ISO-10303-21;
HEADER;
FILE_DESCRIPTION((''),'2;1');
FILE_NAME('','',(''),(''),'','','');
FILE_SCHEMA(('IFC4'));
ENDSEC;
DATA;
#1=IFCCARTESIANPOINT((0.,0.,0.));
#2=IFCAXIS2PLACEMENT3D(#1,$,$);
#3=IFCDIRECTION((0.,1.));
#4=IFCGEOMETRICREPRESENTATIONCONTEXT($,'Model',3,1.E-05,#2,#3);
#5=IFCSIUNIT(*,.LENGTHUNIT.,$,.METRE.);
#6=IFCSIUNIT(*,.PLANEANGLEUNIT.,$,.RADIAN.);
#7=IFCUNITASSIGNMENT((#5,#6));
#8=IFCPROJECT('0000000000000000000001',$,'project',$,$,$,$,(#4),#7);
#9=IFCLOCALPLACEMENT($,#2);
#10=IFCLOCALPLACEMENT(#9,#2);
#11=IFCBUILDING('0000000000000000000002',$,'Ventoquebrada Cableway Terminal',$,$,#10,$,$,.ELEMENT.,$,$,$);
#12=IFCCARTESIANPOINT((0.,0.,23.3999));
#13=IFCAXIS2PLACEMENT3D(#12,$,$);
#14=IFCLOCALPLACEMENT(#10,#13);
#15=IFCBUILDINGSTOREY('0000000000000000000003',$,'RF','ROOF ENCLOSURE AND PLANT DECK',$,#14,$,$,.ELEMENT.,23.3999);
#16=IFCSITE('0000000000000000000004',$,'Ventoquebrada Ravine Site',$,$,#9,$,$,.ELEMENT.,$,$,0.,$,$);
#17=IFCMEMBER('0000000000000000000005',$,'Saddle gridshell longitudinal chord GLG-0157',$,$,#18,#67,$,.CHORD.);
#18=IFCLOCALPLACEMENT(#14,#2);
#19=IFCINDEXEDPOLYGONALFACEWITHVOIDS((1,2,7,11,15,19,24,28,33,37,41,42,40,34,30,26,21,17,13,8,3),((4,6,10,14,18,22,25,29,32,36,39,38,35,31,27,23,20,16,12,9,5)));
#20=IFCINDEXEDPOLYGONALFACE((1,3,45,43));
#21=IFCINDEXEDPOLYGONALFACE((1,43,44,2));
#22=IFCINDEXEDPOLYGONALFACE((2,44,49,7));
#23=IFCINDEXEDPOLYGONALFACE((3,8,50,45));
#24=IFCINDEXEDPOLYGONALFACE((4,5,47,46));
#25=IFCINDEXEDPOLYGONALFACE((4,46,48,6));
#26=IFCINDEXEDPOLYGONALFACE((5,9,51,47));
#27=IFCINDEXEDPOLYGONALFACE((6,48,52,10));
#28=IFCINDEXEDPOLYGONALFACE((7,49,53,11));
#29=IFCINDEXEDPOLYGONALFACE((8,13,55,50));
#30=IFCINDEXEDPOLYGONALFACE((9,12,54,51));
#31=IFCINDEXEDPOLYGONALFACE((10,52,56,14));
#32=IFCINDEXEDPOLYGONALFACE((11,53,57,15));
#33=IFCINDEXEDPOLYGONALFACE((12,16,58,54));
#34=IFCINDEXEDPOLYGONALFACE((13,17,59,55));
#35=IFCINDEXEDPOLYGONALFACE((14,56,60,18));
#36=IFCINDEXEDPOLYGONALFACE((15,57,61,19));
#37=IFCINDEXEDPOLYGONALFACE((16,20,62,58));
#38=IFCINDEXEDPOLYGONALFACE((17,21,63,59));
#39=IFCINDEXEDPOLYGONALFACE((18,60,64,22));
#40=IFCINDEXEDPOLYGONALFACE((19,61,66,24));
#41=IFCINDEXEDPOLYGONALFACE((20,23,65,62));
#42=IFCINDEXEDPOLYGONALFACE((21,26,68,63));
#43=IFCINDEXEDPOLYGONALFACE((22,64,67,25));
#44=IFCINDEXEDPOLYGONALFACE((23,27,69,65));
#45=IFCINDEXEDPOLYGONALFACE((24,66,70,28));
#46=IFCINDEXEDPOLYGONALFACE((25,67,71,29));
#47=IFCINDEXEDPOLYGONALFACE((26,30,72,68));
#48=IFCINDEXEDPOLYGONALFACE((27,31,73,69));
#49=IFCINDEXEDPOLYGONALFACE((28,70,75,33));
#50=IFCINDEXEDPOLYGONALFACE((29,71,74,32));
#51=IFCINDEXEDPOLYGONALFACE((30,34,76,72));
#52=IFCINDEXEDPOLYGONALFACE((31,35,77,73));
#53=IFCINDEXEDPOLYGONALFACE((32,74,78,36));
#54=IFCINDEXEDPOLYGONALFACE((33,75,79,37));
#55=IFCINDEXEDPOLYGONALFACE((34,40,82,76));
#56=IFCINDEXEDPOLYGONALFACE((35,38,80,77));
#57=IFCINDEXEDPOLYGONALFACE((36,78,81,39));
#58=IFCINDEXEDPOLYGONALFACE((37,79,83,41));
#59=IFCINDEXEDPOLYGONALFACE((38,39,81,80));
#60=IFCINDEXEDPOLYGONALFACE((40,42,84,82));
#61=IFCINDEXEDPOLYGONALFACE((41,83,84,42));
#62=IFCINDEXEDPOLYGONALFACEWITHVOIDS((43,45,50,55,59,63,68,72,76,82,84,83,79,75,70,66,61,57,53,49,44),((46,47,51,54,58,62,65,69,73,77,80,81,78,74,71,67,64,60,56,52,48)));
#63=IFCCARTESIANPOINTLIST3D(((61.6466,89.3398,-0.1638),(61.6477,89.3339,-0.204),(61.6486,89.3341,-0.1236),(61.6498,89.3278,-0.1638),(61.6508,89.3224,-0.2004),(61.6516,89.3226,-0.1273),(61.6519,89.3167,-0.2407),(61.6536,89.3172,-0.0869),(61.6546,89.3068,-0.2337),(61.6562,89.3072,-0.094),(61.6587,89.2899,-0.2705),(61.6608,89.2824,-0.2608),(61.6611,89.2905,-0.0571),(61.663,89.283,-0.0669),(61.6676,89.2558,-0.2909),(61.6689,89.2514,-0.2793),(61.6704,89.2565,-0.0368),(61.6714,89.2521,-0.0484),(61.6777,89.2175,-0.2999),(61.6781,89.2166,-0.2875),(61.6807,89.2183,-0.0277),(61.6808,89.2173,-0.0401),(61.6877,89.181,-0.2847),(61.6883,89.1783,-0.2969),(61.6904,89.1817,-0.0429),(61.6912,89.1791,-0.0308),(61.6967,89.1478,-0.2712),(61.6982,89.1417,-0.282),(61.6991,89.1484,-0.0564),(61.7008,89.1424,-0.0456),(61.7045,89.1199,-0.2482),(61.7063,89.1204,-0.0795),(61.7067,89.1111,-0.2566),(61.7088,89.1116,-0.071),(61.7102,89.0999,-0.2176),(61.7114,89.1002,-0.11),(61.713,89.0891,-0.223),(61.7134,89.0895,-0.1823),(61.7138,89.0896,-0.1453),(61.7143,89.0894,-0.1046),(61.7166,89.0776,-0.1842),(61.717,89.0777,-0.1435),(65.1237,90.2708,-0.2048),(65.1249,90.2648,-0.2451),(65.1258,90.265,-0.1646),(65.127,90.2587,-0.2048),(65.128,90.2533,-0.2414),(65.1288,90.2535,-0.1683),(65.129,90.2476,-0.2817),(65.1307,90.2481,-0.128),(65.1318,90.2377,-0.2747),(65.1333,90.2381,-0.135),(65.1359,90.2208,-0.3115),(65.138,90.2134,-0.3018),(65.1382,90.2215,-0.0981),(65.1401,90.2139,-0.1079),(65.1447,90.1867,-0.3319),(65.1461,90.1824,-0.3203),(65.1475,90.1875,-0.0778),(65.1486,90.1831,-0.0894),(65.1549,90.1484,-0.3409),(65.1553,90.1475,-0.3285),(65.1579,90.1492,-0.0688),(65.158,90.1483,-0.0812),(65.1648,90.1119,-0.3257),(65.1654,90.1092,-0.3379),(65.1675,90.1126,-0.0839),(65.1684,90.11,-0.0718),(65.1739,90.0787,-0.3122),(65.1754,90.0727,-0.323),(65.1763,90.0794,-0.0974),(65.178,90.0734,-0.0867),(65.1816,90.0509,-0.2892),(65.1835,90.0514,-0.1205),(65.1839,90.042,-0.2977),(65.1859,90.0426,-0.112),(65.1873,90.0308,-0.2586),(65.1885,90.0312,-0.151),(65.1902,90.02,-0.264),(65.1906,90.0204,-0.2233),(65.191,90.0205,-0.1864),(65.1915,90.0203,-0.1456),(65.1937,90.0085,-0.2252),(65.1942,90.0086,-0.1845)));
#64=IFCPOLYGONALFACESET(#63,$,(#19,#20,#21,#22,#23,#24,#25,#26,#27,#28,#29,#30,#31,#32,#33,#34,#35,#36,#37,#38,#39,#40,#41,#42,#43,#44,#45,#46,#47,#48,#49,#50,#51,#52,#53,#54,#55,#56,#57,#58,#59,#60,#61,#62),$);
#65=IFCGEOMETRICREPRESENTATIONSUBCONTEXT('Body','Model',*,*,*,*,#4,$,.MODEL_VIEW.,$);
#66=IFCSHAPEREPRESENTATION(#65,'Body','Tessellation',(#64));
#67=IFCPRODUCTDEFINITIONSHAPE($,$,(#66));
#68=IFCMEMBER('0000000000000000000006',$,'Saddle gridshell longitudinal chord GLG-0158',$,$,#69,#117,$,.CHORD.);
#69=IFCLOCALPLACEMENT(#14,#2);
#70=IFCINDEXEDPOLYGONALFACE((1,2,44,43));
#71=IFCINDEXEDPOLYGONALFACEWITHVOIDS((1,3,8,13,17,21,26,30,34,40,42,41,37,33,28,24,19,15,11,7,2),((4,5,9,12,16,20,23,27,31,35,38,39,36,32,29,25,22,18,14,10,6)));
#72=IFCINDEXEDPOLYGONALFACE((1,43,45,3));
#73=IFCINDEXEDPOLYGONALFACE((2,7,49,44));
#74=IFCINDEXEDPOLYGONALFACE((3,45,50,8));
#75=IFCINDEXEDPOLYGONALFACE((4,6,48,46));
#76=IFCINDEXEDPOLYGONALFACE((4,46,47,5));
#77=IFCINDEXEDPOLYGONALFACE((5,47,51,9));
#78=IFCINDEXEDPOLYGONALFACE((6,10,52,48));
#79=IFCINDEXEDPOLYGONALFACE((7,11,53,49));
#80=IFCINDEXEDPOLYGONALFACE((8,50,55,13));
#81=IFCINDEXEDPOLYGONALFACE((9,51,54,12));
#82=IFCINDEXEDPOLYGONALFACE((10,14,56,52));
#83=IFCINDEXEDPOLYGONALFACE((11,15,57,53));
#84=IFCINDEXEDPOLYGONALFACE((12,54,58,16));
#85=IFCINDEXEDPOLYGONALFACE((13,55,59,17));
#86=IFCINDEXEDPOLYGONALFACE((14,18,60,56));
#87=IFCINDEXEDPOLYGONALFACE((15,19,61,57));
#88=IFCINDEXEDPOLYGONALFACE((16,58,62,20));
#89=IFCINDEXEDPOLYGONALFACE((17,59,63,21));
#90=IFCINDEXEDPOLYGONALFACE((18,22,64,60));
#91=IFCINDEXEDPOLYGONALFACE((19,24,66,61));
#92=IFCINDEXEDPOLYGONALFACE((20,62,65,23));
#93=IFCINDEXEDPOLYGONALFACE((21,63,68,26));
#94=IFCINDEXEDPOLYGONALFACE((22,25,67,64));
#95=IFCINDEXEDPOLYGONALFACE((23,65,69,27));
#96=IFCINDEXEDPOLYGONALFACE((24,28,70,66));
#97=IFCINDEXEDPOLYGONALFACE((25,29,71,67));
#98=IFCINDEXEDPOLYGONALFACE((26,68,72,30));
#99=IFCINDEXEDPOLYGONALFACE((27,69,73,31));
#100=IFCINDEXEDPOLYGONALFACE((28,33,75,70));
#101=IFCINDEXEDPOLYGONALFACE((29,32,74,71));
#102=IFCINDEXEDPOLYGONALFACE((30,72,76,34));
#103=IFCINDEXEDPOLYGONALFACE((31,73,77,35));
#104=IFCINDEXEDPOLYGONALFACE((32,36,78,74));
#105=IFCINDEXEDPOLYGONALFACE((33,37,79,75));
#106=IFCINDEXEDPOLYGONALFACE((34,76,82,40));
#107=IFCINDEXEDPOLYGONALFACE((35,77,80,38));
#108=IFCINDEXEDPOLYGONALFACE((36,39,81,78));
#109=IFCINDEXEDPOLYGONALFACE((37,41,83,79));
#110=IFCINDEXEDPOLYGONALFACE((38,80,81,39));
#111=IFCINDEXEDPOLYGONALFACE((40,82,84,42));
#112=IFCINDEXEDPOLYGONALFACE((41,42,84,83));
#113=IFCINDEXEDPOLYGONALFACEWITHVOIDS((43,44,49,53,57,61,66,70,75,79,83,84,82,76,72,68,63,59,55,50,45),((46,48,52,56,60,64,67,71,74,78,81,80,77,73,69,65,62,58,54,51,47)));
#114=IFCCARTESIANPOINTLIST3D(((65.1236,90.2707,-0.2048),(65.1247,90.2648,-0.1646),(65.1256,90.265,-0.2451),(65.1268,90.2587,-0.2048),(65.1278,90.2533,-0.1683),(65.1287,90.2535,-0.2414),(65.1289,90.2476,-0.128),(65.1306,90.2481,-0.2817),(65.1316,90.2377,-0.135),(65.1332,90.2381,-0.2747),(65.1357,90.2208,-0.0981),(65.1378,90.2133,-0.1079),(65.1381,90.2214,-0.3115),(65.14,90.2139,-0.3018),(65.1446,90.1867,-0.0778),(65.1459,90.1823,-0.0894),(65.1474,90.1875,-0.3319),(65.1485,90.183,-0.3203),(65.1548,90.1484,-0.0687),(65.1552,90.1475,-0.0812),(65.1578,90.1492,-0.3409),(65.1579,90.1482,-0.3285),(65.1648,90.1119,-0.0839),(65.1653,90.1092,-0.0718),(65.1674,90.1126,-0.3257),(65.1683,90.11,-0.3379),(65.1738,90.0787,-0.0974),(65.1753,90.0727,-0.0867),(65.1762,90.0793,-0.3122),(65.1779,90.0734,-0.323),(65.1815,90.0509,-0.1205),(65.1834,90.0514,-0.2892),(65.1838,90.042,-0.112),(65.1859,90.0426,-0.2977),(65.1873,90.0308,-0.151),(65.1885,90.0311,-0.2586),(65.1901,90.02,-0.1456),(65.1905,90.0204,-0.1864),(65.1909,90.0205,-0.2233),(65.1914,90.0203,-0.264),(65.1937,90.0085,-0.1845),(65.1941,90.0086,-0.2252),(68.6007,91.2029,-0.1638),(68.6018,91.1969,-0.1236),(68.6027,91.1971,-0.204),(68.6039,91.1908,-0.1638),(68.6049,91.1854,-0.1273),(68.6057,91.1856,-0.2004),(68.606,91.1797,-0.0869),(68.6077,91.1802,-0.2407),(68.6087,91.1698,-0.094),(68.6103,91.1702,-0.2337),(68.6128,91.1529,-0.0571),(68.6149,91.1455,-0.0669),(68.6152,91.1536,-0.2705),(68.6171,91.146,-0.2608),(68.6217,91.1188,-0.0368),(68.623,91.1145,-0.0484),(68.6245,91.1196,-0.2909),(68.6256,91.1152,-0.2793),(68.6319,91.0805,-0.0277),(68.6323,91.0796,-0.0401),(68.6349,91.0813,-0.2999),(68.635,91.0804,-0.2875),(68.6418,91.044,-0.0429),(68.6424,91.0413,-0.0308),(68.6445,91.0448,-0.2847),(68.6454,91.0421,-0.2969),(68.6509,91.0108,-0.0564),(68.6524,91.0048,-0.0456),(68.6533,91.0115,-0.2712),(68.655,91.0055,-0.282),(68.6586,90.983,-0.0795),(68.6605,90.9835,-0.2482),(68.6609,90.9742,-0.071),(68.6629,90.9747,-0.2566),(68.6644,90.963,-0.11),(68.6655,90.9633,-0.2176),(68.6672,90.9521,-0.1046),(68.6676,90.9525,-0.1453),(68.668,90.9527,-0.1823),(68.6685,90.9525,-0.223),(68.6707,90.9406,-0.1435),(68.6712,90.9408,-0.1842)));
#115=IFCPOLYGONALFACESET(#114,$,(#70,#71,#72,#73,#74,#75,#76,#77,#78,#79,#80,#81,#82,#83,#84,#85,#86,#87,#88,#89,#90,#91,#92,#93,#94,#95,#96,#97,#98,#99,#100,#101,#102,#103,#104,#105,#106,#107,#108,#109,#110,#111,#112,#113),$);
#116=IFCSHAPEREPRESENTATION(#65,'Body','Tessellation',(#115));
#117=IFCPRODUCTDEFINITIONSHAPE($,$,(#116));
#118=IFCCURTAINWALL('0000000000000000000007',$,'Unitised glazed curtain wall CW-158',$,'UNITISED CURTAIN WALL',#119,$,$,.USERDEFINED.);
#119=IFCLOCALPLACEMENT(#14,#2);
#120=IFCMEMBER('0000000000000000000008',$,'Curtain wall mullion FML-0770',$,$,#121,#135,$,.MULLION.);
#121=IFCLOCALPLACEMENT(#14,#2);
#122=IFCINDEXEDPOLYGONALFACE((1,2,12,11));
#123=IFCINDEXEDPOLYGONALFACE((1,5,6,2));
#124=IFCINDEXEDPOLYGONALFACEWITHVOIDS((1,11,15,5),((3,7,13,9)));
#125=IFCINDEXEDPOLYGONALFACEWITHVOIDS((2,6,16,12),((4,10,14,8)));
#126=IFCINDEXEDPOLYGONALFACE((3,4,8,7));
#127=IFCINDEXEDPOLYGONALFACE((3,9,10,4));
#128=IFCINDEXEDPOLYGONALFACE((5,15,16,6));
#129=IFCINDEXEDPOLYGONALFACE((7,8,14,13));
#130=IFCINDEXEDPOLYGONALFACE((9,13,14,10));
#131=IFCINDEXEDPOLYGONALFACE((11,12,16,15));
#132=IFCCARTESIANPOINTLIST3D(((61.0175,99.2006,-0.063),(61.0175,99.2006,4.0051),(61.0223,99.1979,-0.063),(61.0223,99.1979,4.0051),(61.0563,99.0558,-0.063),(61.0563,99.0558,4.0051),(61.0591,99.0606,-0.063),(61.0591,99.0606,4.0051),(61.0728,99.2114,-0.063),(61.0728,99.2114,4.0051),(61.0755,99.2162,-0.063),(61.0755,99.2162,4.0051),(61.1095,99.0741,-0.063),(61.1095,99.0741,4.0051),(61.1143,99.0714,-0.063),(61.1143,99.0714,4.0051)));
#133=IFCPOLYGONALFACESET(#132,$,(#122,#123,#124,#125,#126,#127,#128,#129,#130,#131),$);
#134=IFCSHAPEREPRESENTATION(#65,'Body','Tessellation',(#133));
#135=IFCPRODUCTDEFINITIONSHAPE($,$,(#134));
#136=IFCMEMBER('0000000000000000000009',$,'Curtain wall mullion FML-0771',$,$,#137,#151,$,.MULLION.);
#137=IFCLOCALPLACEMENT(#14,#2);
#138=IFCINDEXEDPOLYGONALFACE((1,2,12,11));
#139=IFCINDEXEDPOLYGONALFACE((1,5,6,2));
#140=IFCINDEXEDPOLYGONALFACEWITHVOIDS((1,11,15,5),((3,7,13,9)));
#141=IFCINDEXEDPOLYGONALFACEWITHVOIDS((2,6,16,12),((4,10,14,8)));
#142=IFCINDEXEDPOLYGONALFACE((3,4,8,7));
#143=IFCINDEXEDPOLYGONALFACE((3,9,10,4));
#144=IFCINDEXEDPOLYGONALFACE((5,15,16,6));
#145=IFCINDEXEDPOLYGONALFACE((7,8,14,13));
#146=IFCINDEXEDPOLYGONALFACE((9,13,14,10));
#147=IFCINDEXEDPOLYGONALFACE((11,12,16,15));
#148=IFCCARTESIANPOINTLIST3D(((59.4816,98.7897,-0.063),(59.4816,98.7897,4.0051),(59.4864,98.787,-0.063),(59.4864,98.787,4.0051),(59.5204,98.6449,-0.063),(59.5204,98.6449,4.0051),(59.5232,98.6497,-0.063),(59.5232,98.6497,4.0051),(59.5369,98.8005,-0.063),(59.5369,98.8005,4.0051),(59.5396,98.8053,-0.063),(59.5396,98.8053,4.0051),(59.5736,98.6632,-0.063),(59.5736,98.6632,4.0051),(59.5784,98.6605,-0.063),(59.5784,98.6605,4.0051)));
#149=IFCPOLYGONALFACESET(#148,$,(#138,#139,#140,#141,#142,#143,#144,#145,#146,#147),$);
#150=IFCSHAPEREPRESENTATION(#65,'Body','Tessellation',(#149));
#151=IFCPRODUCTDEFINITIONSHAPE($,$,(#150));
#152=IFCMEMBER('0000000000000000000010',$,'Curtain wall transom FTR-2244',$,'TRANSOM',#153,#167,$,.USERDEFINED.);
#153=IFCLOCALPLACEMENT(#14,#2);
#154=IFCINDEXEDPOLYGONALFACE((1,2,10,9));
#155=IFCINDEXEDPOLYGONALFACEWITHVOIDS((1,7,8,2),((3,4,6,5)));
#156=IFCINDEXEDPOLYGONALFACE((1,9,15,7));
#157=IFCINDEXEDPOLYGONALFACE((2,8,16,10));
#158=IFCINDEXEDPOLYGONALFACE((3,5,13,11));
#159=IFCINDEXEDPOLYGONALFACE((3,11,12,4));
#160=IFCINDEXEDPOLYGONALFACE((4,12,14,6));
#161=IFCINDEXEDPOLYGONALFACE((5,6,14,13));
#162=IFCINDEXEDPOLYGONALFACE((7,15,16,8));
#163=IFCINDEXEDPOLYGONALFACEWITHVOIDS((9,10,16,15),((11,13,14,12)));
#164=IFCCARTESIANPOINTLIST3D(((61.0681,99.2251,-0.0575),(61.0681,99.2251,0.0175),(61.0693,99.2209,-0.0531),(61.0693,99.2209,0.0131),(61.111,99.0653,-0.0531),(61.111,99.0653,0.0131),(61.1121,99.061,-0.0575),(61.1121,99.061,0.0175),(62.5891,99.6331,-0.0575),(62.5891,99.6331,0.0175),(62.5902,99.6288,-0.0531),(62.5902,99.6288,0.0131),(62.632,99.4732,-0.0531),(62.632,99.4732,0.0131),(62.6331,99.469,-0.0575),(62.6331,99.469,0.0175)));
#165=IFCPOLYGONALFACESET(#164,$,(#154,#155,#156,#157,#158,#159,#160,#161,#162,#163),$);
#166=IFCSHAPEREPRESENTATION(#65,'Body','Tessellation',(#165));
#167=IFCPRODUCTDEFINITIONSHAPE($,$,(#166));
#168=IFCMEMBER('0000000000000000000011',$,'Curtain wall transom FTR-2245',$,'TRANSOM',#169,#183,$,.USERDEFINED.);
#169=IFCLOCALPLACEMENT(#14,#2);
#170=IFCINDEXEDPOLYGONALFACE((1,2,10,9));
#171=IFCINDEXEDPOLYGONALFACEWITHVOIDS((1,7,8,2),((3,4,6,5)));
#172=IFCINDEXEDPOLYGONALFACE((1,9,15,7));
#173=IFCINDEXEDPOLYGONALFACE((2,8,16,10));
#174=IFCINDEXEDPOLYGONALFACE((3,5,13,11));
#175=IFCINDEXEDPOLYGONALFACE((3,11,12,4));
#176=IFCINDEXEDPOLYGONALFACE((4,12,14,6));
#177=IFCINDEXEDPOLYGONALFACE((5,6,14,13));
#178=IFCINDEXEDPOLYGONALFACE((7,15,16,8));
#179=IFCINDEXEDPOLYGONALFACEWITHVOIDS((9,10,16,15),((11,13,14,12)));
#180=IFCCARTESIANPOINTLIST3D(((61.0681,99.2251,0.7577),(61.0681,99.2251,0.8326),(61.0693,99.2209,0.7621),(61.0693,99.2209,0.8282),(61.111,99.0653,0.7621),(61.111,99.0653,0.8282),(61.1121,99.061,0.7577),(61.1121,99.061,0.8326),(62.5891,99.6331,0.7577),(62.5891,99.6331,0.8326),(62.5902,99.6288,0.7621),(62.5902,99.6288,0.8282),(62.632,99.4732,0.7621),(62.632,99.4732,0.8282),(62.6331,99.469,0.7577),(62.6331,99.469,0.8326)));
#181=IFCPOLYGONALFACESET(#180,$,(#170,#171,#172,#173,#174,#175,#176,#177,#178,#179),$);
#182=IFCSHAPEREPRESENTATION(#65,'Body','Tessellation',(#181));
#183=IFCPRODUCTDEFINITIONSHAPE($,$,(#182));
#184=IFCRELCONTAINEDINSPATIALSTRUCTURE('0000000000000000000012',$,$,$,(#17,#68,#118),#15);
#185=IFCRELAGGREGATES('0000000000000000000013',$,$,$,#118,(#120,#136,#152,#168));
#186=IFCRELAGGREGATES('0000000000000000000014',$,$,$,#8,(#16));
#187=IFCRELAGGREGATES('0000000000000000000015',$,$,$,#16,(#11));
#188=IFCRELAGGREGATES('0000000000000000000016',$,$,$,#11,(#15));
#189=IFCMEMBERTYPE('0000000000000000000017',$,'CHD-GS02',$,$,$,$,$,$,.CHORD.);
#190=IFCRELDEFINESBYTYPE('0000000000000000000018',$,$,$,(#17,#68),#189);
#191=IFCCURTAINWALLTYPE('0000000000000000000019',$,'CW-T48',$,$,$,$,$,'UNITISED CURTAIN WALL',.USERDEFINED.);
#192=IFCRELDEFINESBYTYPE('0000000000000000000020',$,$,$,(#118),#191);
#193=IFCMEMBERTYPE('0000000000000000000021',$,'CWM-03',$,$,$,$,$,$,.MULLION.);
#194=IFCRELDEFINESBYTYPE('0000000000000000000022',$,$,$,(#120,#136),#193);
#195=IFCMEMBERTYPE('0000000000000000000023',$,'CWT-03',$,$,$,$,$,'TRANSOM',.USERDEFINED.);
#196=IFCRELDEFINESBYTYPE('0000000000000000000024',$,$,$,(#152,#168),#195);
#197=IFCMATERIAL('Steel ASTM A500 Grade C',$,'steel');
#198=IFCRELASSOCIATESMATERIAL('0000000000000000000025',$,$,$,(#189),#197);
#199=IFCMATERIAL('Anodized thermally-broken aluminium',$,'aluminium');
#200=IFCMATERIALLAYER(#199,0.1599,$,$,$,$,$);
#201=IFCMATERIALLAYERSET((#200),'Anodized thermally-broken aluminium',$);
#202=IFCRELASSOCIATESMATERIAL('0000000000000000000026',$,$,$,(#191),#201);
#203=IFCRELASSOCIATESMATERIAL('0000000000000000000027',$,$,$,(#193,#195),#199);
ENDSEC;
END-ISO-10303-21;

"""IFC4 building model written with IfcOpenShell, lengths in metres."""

from ifc_helpers import new_model, si_unit, direction, frame, origin, origin_2d, place, context, subcontext, project, spatial, hollow_rectangle, hollow_circle, extrude, material, layer, layer_set, material_profile, profile_set, type_object, element, aggregate, save


model = new_model("IFC4")

# Units and contexts
model_context = context("Model", 3, precision=1e-05, world=origin(), true_north=direction((0.0, 1.0)))
body_context = subcontext(model_context, "Body", "Model", "MODEL_VIEW")
ifc_project = project(units=[si_unit("LENGTHUNIT", "METRE"), si_unit("PLANEANGLEUNIT", "RADIAN")], contexts=[model_context])

# Site, building, storey
site_placement = place(None, origin())
site = spatial("IfcSite", under=ifc_project, at=site_placement, Name="Ventoquebrada Ravine Site", CompositionType="ELEMENT", RefElevation=0.0)
building_placement = place(site_placement, origin())
building = spatial("IfcBuilding", under=site, at=building_placement, Name="Ventoquebrada Cableway Terminal", CompositionType="ELEMENT")
storey_placement = place(building_placement, frame((0.0, 0.0, 23.3999)))
storey = spatial("IfcBuildingStorey", under=building, at=storey_placement, Name="RF", Description="ROOF ENCLOSURE AND PLANT DECK", CompositionType="ELEMENT", Elevation=23.3999)

# Members
ifc_material_1 = material(Name="Steel ASTM A500 Grade C", Category="steel")
ifc_material_profile_1 = material_profile(ifc_material_1, hollow_circle(Radius=0.1365, WallThickness=0.0125, at=origin_2d()), Name="CHS273.0X12.5")
ifc_profile_set_1 = profile_set([ifc_material_profile_1], Name="Steel ASTM A500 Grade C")
member_type_1 = type_object("IfcMemberType", Name="CHD-GS02", PredefinedType="CHORD", material=ifc_profile_set_1)
member_1_placement = place(storey_placement, frame((61.6819, 89.208, -0.1638), z_axis=(0.965916, 0.258604, -0.011394), x_axis=(-0.258621, 0.965979, 0.0)))
element("IfcMember", 1, at=member_1_placement, inside=storey, type_object=member_type_1, Name="Saddle gridshell longitudinal chord GLG-0157", PredefinedType="CHORD", context=body_context, shape_type="SweptSolid", body=[
    extrude(hollow_circle(Radius=0.1365, WallThickness=0.0125, at=origin_2d()), origin(), (0.0, 0.0, 1.0), 3.5999),
])
member_2_placement = place(storey_placement, frame((65.1589, 90.1389, -0.2048), z_axis=(0.965831, 0.25892, 0.011393), x_axis=(-0.258937, 0.965894, 0.0)))
element("IfcMember", 2, at=member_2_placement, inside=storey, type_object=member_type_1, Name="Saddle gridshell longitudinal chord GLG-0158", PredefinedType="CHORD", context=body_context, shape_type="SweptSolid", body=[
    extrude(hollow_circle(Radius=0.1365, WallThickness=0.0125, at=origin_2d()), origin(), (0.0, 0.0, 1.0), 3.6001),
])

# Curtain wall, members
ifc_material_2 = material(Name="Anodized thermally-broken aluminium", Category="aluminium")
ifc_layer_1 = layer(ifc_material_2, 0.1599)
ifc_layer_set_1 = layer_set([ifc_layer_1], Name="Anodized thermally-broken aluminium")
curtain_wall_type = type_object("IfcCurtainWallType", Name="CW-T48", ElementType="UNITISED CURTAIN WALL", PredefinedType="USERDEFINED", material=ifc_layer_set_1)
curtain_wall_placement = place(storey_placement, origin())
curtain_wall = element("IfcCurtainWall", 3, at=curtain_wall_placement, inside=storey, type_object=curtain_wall_type, Name="Unitised glazed curtain wall CW-158", ObjectType="UNITISED CURTAIN WALL", PredefinedType="USERDEFINED")
ifc_material_profile_2 = material_profile(ifc_material_2, hollow_rectangle(XDim=0.0601, YDim=0.1499, WallThickness=0.0039, at=origin_2d()), Name="CW-MUL-60X150")
ifc_profile_set_2 = profile_set([ifc_material_profile_2], Name="Anodized thermally-broken aluminium")
member_type_2 = type_object("IfcMemberType", Name="CWM-03", PredefinedType="MULLION", material=ifc_profile_set_2)
member_3_placement = place(storey_placement, frame((61.0659, 99.136, -0.063), z_axis=(0.0, 0.0, 1.0), x_axis=(-0.965944, -0.258752, 0.0)))
member_3 = element("IfcMember", 4, at=member_3_placement, type_object=member_type_2, Name="Curtain wall mullion FML-0770", PredefinedType="MULLION", context=body_context, shape_type="SweptSolid", body=[
    extrude(hollow_rectangle(XDim=0.0601, YDim=0.1499, WallThickness=0.0039, at=origin_2d()), origin(), (0.0, 0.0, 1.0), 4.0681),
])
member_4_placement = place(storey_placement, frame((59.53, 98.7251, -0.063), z_axis=(0.0, 0.0, 1.0), x_axis=(-0.965944, -0.258752, 0.0)))
member_4 = element("IfcMember", 5, at=member_4_placement, type_object=member_type_2, Name="Curtain wall mullion FML-0771", PredefinedType="MULLION", context=body_context, shape_type="SweptSolid", body=[
    extrude(hollow_rectangle(XDim=0.0601, YDim=0.1499, WallThickness=0.0039, at=origin_2d()), origin(), (0.0, 0.0, 1.0), 4.0681),
])
ifc_material_profile_3 = material_profile(ifc_material_2, hollow_rectangle(XDim=0.075, YDim=0.1699, WallThickness=0.0044, at=origin_2d()), Name="CW-TRN-75X170")
ifc_profile_set_3 = profile_set([ifc_material_profile_3], Name="Anodized thermally-broken aluminium")
member_type_3 = type_object("IfcMemberType", Name="CWT-03", ElementType="TRANSOM", PredefinedType="USERDEFINED", material=ifc_profile_set_3)
member_5_placement = place(storey_placement, frame((62.6111, 99.551, -0.02), z_axis=(-0.965861, -0.259062, 0.0), x_axis=(0.0, 0.0, 1.0)))
member_5 = element("IfcMember", 6, at=member_5_placement, type_object=member_type_3, Name="Curtain wall transom FTR-2244", ObjectType="TRANSOM", PredefinedType="USERDEFINED", context=body_context, shape_type="SweptSolid", body=[
    extrude(hollow_rectangle(XDim=0.075, YDim=0.1699, WallThickness=0.0044, at=origin_2d()), origin(), (0.0, 0.0, 1.0), 1.5747),
])
member_6_placement = place(storey_placement, frame((62.6111, 99.551, 0.7952), z_axis=(-0.965861, -0.259062, 0.0), x_axis=(0.0, 0.0, 1.0)))
member_6 = element("IfcMember", 7, at=member_6_placement, type_object=member_type_3, Name="Curtain wall transom FTR-2245", ObjectType="TRANSOM", PredefinedType="USERDEFINED", context=body_context, shape_type="SweptSolid", body=[
    extrude(hollow_rectangle(XDim=0.075, YDim=0.1699, WallThickness=0.0044, at=origin_2d()), origin(), (0.0, 0.0, 1.0), 1.5747),
])

aggregate(curtain_wall, [member_3, member_4, member_5, member_6])

save(model, "model.ifc")
